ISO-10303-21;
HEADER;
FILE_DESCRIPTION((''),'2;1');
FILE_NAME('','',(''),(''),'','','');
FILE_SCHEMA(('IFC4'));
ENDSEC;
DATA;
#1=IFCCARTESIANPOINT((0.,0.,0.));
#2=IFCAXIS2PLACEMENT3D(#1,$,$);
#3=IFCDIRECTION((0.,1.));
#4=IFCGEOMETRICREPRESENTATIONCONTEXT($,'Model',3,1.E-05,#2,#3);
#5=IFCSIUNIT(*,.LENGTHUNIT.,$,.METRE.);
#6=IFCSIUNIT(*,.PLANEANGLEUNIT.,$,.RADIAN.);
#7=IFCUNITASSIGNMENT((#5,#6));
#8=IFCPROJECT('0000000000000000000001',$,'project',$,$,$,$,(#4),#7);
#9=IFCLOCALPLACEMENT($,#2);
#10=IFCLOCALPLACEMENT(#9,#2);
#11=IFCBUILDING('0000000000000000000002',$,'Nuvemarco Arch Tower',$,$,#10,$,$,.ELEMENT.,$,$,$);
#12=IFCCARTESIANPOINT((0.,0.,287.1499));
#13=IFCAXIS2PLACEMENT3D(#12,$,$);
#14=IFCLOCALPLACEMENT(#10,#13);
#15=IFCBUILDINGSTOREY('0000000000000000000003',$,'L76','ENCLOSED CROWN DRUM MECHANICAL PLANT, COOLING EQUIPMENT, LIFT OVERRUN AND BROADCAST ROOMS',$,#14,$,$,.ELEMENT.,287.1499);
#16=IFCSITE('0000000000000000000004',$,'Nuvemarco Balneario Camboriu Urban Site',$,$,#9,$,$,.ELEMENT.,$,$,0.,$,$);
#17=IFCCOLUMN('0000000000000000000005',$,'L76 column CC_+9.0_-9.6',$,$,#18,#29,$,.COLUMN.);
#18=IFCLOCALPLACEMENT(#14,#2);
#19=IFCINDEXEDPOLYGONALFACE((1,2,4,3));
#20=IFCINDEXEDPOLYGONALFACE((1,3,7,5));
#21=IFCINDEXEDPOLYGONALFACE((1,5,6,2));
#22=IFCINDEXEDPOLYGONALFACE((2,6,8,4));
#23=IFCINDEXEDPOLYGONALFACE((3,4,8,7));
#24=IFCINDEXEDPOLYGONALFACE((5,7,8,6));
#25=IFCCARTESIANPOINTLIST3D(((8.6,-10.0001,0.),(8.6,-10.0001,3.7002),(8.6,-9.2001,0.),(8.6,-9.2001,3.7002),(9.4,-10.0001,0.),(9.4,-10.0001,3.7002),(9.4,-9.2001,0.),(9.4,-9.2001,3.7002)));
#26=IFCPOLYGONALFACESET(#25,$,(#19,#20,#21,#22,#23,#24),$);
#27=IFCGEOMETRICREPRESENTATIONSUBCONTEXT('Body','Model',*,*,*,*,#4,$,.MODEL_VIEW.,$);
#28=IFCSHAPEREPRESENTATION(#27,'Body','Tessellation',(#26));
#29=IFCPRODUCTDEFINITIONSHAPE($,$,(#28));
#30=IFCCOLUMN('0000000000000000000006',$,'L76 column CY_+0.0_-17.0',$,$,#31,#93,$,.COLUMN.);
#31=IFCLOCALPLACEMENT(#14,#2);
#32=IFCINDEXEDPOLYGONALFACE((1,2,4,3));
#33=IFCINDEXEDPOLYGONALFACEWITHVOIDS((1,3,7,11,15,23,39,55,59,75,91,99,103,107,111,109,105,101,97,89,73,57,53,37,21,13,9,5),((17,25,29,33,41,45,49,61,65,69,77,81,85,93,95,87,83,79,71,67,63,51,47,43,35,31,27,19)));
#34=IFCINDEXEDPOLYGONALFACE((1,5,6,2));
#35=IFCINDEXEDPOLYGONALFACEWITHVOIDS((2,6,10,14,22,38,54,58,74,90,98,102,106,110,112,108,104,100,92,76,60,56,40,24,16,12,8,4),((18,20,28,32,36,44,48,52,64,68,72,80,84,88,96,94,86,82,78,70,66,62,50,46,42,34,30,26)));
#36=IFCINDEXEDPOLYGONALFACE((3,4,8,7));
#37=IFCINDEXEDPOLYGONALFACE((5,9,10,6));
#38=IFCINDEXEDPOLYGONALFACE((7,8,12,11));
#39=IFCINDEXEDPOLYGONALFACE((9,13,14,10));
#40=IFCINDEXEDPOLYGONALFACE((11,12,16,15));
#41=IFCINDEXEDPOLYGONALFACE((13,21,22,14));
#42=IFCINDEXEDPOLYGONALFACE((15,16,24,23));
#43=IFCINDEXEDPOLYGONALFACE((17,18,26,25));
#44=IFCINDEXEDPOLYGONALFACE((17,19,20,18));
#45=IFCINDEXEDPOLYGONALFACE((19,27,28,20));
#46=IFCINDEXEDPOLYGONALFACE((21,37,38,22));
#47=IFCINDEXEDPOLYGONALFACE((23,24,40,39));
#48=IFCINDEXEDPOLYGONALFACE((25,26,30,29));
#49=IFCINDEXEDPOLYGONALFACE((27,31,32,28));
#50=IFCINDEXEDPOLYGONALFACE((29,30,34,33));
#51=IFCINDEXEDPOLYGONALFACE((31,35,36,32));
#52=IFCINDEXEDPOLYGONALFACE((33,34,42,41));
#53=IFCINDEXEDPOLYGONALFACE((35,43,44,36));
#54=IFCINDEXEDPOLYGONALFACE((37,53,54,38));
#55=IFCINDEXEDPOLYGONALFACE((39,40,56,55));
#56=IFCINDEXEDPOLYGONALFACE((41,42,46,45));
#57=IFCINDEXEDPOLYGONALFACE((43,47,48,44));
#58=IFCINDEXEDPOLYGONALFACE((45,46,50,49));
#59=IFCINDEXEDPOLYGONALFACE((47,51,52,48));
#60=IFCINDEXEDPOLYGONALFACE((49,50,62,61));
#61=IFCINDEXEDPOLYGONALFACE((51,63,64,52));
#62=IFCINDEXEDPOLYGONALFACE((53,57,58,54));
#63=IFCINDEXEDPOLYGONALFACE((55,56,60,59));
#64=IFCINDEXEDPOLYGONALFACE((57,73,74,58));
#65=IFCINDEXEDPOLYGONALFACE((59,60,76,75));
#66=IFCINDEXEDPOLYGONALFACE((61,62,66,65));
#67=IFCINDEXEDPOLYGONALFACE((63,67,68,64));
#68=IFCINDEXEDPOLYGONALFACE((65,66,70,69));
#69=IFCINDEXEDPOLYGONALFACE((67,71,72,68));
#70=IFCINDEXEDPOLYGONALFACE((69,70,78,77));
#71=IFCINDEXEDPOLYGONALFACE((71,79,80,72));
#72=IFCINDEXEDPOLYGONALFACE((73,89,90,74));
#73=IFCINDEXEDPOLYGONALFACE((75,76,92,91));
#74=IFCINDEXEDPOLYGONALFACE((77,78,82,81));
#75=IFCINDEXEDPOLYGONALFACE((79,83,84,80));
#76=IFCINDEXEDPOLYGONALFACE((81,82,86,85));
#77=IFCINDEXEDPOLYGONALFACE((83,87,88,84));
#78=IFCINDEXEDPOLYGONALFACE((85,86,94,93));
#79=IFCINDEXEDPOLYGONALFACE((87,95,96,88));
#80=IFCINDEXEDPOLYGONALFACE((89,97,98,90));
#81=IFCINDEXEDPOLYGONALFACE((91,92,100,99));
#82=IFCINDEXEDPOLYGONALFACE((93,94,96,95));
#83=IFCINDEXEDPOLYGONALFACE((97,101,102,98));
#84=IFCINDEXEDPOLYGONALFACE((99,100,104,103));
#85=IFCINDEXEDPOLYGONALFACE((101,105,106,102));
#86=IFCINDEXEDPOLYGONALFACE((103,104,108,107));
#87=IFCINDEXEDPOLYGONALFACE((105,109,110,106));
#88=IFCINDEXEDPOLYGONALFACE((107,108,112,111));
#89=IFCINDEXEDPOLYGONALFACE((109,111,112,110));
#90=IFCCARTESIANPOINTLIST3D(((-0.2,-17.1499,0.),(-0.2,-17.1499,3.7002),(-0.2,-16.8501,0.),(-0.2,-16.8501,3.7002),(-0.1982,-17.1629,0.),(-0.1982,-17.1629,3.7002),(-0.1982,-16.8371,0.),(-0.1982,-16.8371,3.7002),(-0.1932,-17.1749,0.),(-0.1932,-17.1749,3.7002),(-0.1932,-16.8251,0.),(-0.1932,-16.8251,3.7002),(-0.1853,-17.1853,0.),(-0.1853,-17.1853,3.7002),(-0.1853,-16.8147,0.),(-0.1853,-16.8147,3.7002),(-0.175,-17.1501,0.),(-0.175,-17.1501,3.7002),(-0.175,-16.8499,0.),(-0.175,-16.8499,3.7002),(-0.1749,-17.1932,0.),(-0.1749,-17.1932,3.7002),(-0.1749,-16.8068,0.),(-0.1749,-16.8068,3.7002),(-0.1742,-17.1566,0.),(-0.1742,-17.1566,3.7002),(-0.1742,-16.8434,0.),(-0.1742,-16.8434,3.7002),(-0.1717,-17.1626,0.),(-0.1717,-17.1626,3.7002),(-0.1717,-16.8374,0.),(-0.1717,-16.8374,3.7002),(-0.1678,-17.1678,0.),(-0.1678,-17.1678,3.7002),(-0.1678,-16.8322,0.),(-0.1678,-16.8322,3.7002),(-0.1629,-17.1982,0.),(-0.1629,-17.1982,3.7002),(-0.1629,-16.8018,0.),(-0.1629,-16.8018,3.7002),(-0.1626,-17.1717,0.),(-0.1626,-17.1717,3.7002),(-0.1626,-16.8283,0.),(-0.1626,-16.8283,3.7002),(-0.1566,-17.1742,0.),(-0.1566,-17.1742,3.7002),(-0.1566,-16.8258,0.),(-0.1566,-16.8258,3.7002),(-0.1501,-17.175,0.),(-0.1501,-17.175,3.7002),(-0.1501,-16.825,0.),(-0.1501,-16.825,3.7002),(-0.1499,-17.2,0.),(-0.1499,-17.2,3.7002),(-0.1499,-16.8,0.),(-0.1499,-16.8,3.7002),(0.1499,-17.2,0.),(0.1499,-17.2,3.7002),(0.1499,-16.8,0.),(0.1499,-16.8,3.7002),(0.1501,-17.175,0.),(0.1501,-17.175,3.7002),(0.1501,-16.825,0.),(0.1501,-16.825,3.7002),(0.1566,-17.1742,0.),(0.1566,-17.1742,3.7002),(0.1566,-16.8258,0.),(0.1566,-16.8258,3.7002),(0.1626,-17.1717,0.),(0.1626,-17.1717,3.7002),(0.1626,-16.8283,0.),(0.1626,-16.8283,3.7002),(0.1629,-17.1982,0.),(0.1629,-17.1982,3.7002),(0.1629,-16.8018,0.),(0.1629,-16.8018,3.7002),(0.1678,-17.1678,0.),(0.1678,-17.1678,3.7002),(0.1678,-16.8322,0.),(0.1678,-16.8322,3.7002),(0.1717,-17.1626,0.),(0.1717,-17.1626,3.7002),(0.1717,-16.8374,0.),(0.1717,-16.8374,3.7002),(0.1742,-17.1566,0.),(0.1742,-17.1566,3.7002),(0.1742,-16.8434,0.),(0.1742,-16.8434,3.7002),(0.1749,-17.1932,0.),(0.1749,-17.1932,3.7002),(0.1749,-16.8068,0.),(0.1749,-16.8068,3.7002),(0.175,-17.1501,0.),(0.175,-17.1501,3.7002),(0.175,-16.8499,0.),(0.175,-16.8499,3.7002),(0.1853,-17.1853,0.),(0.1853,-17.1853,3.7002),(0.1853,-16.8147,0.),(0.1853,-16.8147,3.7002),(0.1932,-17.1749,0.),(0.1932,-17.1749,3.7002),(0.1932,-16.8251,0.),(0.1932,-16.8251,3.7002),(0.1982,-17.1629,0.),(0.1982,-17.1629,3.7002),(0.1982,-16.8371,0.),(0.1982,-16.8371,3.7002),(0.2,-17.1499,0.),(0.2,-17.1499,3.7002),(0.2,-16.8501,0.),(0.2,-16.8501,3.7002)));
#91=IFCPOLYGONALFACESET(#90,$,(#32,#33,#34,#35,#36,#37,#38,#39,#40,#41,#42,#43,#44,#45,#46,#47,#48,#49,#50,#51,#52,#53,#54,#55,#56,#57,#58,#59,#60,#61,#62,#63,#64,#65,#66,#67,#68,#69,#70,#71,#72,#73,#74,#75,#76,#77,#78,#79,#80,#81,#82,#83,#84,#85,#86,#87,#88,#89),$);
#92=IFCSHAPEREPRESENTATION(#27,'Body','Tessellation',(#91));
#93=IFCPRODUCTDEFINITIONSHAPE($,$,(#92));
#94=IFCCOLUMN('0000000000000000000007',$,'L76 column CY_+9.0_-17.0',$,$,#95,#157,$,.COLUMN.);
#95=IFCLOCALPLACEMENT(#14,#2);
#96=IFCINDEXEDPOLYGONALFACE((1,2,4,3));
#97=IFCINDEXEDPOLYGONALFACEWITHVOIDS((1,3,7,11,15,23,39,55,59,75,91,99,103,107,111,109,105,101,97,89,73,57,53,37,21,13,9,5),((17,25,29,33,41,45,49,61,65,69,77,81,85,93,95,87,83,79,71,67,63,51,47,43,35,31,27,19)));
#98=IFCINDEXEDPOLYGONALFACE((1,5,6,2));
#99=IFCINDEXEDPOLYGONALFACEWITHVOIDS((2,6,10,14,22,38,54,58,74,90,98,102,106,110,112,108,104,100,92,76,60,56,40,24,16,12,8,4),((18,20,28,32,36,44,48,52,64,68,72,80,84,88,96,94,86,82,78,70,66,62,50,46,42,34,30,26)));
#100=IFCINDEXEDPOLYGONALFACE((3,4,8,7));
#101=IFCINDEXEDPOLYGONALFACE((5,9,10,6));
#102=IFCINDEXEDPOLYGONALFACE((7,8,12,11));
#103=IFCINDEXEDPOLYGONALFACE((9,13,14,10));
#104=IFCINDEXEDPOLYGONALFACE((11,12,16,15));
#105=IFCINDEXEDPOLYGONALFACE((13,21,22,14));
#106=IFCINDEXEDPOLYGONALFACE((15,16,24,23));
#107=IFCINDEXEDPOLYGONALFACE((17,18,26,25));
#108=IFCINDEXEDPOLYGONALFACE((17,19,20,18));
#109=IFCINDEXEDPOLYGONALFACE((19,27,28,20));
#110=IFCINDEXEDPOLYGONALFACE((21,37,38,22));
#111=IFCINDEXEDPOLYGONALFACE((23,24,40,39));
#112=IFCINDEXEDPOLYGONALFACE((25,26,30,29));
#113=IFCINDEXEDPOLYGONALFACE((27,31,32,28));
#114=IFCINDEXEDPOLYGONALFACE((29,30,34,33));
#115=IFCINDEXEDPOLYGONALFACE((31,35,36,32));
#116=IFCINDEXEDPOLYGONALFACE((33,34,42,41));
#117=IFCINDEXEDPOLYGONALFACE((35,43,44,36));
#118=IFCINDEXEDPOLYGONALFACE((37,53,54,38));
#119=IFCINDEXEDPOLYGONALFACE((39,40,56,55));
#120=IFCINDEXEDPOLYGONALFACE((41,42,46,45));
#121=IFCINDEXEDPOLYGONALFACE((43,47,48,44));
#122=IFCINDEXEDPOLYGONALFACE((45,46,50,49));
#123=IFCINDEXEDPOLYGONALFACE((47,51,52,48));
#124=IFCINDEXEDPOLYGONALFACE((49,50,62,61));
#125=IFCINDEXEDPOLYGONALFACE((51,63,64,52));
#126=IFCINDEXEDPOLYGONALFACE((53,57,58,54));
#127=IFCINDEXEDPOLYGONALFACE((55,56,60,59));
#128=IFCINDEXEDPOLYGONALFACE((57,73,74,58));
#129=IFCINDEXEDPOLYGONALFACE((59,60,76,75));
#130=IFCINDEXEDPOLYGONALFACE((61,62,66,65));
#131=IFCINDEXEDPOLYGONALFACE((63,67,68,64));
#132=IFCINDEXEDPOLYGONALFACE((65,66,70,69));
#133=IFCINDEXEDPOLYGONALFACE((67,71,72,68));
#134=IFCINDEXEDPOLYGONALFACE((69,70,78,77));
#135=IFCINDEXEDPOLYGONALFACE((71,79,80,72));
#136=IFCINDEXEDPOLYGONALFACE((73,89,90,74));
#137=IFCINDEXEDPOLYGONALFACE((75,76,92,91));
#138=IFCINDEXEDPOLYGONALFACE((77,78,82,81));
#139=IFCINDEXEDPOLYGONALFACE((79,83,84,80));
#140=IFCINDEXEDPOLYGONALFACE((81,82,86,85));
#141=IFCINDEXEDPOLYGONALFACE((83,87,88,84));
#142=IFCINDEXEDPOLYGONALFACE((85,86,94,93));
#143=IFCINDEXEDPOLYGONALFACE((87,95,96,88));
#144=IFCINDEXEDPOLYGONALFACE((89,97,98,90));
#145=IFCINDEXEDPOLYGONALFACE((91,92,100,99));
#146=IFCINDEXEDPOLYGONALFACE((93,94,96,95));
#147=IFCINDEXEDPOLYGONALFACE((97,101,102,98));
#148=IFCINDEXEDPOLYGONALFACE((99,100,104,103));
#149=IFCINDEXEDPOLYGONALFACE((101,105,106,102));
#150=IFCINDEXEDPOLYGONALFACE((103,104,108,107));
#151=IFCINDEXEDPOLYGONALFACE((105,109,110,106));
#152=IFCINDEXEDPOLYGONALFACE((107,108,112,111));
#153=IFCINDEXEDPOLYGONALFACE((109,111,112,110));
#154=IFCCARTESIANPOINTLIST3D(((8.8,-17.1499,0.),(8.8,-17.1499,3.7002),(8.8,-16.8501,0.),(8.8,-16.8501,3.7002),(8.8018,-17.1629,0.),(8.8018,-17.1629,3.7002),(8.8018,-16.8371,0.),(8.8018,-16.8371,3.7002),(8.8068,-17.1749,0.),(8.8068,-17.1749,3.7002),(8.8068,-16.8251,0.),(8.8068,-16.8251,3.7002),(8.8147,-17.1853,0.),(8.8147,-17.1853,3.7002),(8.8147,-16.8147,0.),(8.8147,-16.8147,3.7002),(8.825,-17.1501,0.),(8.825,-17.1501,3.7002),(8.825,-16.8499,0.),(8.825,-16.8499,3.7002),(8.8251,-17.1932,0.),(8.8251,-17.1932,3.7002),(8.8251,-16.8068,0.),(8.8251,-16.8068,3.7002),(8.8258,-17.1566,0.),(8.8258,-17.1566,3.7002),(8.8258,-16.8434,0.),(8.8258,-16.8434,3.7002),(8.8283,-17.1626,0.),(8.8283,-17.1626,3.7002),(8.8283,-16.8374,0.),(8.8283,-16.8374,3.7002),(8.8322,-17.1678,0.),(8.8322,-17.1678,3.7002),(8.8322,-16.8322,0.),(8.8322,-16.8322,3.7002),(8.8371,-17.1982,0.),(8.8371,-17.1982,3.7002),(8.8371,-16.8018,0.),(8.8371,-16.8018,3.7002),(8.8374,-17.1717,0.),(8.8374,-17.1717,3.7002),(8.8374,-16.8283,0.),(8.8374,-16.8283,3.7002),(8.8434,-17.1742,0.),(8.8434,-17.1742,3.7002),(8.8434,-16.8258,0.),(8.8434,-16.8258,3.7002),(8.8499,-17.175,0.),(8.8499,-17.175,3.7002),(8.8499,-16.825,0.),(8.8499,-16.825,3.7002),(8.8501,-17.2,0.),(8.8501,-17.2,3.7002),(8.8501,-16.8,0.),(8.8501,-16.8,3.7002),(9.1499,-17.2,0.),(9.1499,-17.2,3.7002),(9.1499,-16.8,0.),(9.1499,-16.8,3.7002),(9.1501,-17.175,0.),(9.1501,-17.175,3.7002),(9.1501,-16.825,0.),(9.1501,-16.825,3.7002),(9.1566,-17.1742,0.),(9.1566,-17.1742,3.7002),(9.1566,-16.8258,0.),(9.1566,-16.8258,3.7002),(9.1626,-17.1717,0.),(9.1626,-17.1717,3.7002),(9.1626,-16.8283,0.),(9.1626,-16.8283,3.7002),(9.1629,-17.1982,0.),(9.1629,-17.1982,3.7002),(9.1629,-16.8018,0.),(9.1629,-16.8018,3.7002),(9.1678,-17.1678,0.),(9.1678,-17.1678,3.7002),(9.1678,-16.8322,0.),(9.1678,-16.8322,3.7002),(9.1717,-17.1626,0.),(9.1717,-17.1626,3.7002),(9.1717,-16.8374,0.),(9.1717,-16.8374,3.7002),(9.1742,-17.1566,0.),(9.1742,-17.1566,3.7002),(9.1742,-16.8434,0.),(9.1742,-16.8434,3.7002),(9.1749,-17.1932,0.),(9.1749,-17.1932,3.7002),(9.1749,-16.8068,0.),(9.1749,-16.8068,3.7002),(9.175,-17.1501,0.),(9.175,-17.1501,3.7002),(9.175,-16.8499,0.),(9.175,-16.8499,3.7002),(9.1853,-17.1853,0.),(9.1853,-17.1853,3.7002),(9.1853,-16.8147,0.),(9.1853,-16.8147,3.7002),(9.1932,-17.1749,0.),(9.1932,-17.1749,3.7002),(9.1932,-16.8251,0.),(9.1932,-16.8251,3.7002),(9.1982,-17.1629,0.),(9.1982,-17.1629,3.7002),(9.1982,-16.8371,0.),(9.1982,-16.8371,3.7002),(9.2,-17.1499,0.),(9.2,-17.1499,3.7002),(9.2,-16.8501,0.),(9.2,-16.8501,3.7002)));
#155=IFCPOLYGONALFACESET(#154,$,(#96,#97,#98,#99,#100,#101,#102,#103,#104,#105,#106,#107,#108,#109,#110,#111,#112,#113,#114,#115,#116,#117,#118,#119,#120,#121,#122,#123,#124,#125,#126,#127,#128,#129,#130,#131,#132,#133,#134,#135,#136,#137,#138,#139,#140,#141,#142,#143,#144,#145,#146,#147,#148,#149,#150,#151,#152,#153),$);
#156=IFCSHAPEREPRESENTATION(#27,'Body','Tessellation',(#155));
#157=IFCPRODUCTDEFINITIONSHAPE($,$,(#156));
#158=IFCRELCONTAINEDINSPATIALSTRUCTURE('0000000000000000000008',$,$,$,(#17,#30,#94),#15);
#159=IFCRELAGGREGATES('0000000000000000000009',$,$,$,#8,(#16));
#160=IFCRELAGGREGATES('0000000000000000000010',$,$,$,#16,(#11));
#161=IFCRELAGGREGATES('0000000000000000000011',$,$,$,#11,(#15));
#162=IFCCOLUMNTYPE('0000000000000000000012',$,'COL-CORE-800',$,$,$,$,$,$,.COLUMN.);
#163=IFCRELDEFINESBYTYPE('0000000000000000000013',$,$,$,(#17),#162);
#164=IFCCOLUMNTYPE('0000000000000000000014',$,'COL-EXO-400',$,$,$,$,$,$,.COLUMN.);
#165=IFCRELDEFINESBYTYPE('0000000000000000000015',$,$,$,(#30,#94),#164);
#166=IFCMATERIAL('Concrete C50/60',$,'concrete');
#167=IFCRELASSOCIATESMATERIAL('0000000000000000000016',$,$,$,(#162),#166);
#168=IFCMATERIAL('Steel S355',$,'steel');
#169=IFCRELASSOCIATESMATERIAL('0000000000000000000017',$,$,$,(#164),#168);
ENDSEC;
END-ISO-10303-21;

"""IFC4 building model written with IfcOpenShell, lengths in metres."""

from ifc_helpers import new_model, si_unit, direction, frame, origin, origin_2d, place, context, subcontext, project, spatial, rectangle, hollow_rectangle, extrude, material, material_profile, profile_set, type_object, element, save


model = new_model("IFC4")

# Units and contexts
model_context = context("Model", 3, precision=1e-05, world=origin(), true_north=direction((0.0, 1.0)))
body_context = subcontext(model_context, "Body", "Model", "MODEL_VIEW")
ifc_project = project(units=[si_unit("LENGTHUNIT", "METRE"), si_unit("PLANEANGLEUNIT", "RADIAN")], contexts=[model_context])

# Site, building, storey
site_placement = place(None, origin())
site = spatial("IfcSite", under=ifc_project, at=site_placement, Name="Nuvemarco Balneario Camboriu Urban Site", CompositionType="ELEMENT", RefElevation=0.0)
building_placement = place(site_placement, origin())
building = spatial("IfcBuilding", under=site, at=building_placement, Name="Nuvemarco Arch Tower", CompositionType="ELEMENT")
storey_placement = place(building_placement, frame((0.0, 0.0, 287.1499)))
storey = spatial("IfcBuildingStorey", under=building, at=storey_placement, Name="L76", Description="ENCLOSED CROWN DRUM MECHANICAL PLANT, COOLING EQUIPMENT, LIFT OVERRUN AND BROADCAST ROOMS", CompositionType="ELEMENT", Elevation=287.1499)

# Columns
ifc_material_1 = material(Name="Concrete C50/60", Category="concrete")
ifc_material_profile_1 = material_profile(ifc_material_1, rectangle(XDim=0.8, YDim=0.8, at=origin_2d()), Name="RC-COL-800x800")
ifc_profile_set_1 = profile_set([ifc_material_profile_1], Name="Concrete C50/60")
column_type_1 = type_object("IfcColumnType", Name="COL-CORE-800", PredefinedType="COLUMN", material=ifc_profile_set_1)
column_placement = place(storey_placement, frame((9.0, -9.6001, 0.0), z_axis=(0.0, 0.0, 1.0), x_axis=(1.0, 0.0, 0.0)))
element("IfcColumn", 1, at=column_placement, inside=storey, type_object=column_type_1, Name="L76 column CC_+9.0_-9.6", PredefinedType="COLUMN", context=body_context, shape_type="SweptSolid", body=[
    extrude(rectangle(XDim=0.8, YDim=0.8, at=origin_2d()), origin(), (0.0, 0.0, 1.0), 3.7002),
])
ifc_material_2 = material(Name="Steel S355", Category="steel")
ifc_material_profile_2 = material_profile(ifc_material_2, hollow_rectangle(XDim=0.3999, YDim=0.3999, WallThickness=0.0249, InnerFilletRadius=0.0249, OuterFilletRadius=0.05, at=origin_2d()), Name="SHS400x400x25")
ifc_profile_set_2 = profile_set([ifc_material_profile_2], Name="Steel S355")
column_type_2 = type_object("IfcColumnType", Name="COL-EXO-400", PredefinedType="COLUMN", material=ifc_profile_set_2)
for number, where, z_axis, x_axis, name in (
    (2, (0.0, -17.0, 0.0), (0.0, 0.0, 1.0), (1.0, 0.0, 0.0), "L76 column CY_+0.0_-17.0"),
    (3, (9.0, -17.0, 0.0), (0.0, 0.0, 1.0), (1.0, 0.0, 0.0), "L76 column CY_+9.0_-17.0"),
):
    element("IfcColumn", number, at=place(storey_placement, frame(where, z_axis=z_axis, x_axis=x_axis)), inside=storey, type_object=column_type_2, Name=name, PredefinedType="COLUMN", context=body_context, shape_type="SweptSolid", body=[
        extrude(hollow_rectangle(XDim=0.3999, YDim=0.3999, WallThickness=0.0249, InnerFilletRadius=0.0249, OuterFilletRadius=0.05, at=origin_2d()), origin(), (0.0, 0.0, 1.0), 3.7002),
    ])

save(model, "model.ifc")
